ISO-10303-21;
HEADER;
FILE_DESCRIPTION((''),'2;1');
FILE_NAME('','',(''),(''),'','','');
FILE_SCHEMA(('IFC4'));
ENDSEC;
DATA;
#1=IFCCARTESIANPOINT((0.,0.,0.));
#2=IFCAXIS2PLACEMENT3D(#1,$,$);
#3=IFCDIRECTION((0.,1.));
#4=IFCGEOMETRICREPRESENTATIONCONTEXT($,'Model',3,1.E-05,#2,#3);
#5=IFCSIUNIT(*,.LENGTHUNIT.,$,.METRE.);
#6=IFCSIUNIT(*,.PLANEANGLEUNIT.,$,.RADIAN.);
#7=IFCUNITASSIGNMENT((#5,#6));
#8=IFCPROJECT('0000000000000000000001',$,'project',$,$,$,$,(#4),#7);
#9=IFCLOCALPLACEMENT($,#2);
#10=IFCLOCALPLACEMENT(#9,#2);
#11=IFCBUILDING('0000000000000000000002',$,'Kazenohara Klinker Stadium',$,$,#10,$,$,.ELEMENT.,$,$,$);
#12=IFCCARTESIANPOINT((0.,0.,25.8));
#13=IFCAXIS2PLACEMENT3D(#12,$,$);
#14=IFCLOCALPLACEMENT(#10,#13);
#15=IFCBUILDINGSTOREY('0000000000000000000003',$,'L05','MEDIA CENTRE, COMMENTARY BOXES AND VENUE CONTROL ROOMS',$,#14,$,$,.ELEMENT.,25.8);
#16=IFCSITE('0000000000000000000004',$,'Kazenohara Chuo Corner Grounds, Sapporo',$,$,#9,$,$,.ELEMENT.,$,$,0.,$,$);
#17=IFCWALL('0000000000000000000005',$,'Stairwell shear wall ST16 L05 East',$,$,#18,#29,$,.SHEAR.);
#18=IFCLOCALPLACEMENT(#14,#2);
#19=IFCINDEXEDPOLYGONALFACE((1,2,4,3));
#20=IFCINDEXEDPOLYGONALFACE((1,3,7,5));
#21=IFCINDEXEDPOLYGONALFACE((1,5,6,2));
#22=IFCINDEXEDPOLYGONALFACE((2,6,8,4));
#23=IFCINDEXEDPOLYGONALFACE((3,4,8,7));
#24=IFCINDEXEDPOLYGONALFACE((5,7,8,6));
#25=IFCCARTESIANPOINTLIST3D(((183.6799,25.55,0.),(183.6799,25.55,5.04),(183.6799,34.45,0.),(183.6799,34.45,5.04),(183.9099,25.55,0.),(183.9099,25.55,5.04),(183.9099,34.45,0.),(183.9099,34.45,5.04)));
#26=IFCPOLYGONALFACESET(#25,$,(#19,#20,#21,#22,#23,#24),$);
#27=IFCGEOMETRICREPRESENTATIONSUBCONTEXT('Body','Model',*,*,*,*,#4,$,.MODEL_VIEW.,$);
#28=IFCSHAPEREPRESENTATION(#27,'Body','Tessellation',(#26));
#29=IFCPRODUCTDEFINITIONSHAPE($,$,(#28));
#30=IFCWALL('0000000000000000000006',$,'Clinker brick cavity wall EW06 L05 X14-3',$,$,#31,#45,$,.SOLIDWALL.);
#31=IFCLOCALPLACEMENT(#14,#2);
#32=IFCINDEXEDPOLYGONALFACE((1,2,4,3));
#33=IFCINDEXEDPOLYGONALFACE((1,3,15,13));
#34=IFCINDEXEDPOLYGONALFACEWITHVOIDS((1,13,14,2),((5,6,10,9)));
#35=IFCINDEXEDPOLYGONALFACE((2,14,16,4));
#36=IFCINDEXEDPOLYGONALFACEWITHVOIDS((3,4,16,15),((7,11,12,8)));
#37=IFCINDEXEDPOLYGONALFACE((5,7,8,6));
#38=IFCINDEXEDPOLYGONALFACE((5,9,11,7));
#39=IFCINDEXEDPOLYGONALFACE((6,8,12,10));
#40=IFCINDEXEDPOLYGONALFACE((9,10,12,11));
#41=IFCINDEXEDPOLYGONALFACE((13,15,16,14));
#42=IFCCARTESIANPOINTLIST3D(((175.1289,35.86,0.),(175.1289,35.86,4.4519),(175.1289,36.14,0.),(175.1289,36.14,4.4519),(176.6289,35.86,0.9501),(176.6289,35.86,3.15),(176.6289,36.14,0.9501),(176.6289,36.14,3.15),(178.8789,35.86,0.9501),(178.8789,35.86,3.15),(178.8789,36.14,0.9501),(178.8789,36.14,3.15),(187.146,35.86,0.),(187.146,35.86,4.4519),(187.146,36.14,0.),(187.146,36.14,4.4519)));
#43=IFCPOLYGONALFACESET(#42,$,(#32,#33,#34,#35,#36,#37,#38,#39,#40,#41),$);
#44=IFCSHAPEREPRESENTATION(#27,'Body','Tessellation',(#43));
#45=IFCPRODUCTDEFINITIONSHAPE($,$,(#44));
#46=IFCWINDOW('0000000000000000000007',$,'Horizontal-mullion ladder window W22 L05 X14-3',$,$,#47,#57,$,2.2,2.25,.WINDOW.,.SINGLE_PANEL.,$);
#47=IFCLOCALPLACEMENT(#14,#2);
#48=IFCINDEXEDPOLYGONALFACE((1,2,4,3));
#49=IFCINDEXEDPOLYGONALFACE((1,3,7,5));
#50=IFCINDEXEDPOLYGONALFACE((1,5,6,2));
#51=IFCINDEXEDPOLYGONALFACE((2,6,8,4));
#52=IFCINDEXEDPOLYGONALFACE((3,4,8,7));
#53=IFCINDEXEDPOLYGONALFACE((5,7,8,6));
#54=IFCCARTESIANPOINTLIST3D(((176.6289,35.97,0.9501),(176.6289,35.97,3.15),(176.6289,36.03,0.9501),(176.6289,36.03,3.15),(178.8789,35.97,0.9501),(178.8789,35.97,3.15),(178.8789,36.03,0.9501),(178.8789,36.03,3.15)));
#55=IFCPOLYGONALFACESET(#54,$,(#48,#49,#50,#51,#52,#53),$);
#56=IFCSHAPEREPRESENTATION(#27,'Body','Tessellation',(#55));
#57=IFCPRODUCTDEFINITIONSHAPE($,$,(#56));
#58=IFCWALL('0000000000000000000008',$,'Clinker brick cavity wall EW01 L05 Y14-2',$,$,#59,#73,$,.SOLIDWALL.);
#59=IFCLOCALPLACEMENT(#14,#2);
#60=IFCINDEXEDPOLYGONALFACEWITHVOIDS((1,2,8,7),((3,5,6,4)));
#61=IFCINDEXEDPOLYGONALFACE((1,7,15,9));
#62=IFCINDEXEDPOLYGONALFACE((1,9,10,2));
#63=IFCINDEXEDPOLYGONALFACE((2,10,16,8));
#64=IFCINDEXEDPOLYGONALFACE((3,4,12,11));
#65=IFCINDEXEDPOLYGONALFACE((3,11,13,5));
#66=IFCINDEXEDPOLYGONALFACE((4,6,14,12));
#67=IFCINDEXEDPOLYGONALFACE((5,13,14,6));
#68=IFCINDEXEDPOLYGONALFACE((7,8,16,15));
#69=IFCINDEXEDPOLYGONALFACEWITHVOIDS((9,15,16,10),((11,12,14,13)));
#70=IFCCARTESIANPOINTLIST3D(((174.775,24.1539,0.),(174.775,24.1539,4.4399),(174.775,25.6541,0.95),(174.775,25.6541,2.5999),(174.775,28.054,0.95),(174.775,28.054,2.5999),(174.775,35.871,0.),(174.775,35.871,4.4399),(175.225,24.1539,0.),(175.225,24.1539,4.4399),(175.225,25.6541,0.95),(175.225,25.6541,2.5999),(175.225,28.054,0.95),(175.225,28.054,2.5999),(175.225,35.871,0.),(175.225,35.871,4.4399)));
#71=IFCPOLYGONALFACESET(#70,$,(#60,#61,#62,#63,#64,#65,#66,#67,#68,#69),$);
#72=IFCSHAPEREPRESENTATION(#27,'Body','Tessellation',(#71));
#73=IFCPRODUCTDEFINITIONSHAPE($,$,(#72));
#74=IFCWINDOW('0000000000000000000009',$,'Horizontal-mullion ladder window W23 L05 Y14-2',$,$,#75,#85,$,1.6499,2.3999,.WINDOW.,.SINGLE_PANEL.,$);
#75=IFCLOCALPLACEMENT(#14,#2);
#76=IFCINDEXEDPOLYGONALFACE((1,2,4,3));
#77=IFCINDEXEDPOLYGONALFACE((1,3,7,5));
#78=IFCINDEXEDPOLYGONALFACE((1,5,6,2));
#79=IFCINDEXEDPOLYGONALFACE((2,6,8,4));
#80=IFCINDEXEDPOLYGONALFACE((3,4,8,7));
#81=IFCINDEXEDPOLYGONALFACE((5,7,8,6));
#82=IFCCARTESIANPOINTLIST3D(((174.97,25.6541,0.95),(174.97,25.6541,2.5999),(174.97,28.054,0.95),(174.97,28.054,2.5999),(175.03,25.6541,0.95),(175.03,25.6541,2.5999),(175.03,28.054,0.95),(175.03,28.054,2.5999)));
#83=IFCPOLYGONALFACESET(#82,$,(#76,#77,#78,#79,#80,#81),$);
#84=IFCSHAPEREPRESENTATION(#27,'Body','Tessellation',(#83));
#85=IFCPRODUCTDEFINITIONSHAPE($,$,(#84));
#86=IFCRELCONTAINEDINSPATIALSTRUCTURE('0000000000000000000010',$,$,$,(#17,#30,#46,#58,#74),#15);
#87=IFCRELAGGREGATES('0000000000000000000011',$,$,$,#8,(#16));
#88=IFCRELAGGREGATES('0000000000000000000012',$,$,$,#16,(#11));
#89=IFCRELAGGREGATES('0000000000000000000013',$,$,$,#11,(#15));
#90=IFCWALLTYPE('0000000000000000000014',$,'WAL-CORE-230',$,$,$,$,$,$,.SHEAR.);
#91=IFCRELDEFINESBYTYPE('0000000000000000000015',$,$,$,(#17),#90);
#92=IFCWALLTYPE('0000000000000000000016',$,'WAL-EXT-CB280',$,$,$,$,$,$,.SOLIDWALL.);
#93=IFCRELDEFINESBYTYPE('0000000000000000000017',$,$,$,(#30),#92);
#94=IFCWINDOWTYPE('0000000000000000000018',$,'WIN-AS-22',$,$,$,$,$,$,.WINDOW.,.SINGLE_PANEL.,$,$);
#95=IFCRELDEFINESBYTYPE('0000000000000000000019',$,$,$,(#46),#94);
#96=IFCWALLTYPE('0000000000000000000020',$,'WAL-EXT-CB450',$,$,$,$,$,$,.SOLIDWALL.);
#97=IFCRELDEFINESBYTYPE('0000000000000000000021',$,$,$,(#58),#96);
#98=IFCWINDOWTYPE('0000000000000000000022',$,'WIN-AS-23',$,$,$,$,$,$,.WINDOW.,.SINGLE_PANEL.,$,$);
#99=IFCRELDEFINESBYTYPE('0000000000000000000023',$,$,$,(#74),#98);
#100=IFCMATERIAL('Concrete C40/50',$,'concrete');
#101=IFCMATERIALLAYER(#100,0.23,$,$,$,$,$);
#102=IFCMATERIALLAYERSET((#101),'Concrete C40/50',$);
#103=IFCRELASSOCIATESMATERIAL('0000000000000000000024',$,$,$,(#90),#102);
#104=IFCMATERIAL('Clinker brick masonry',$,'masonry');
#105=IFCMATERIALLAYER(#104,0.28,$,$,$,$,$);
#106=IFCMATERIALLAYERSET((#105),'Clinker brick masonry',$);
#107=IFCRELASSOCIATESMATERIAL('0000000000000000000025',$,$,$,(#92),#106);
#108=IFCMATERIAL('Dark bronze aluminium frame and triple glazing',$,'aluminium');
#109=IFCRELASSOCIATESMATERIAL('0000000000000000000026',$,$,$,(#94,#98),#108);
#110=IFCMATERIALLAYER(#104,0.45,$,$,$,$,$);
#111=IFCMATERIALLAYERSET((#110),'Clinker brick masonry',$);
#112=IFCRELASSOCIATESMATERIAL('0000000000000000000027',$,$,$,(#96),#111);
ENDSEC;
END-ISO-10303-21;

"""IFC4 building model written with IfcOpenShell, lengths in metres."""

from ifc_helpers import new_model, si_unit, direction, frame, frame_2d, origin, place, context, subcontext, project, spatial, rectangle, extrude, material, layer, layer_set, type_object, element, fill, save


model = new_model("IFC4")

# Units and contexts
model_context = context("Model", 3, precision=1e-05, world=origin(), true_north=direction((0.0, 1.0)))
body_context = subcontext(model_context, "Body", "Model", "MODEL_VIEW")
ifc_project = project(units=[si_unit("LENGTHUNIT", "METRE"), si_unit("PLANEANGLEUNIT", "RADIAN")], contexts=[model_context])

# Site, building, storey
site_placement = place(None, origin())
site = spatial("IfcSite", under=ifc_project, at=site_placement, Name="Kazenohara Chuo Corner Grounds, Sapporo", CompositionType="ELEMENT", RefElevation=0.0)
building_placement = place(site_placement, origin())
building = spatial("IfcBuilding", under=site, at=building_placement, Name="Kazenohara Klinker Stadium", CompositionType="ELEMENT")
storey_placement = place(building_placement, frame((0.0, 0.0, 25.8)))
storey = spatial("IfcBuildingStorey", under=building, at=storey_placement, Name="L05", Description="MEDIA CENTRE, COMMENTARY BOXES AND VENUE CONTROL ROOMS", CompositionType="ELEMENT", Elevation=25.8)

# Shared definitions
ifc_material_1 = material(Name="Concrete C40/50", Category="concrete")
ifc_layer_1 = layer(ifc_material_1, 0.23)
ifc_layer_set_1 = layer_set([ifc_layer_1], Name="Concrete C40/50")
wall_type_1 = type_object("IfcWallType", Name="WAL-CORE-230", PredefinedType="SHEAR", material=ifc_layer_set_1)

# Wall
for number, where, z_axis, x_axis, name in (
    (1, (183.7949, 25.55, 0.0), (0.0, 0.0, 1.0), (0.0, 1.0, 0.0), "Stairwell shear wall ST16 L05 East"),
):
    element("IfcWall", number, at=place(storey_placement, frame(where, z_axis=z_axis, x_axis=x_axis)), inside=storey, type_object=wall_type_1, Name=name, PredefinedType="SHEAR", context=body_context, shape_type="SweptSolid", body=[
        extrude(rectangle(XDim=8.8999, YDim=0.23, at=frame_2d((4.45, 0.0))), origin(), (0.0, 0.0, 1.0), 5.04),
    ])

# Walls, openings, windows
ifc_material_2 = material(Name="Clinker brick masonry", Category="masonry")
ifc_layer_2 = layer(ifc_material_2, 0.28)
ifc_layer_set_2 = layer_set([ifc_layer_2], Name="Clinker brick masonry")
wall_type_2 = type_object("IfcWallType", Name="WAL-EXT-CB280", PredefinedType="SOLIDWALL", material=ifc_layer_set_2)
wall_1_placement = place(storey_placement, frame((175.1289, 36.0, 0.0), z_axis=(0.0, 0.0, 1.0), x_axis=(1.0, 0.0, 0.0)))
wall_1 = element("IfcWall", 2, at=wall_1_placement, inside=storey, type_object=wall_type_2, Name="Clinker brick cavity wall EW06 L05 X14-3", PredefinedType="SOLIDWALL", context=body_context, shape_type="SweptSolid", body=[
    extrude(rectangle(XDim=12.0171, YDim=0.28, at=frame_2d((6.0085, 0.0))), origin(), (0.0, 0.0, 1.0), 4.4519),
])
opening_1_placement = place(wall_1_placement, frame((1.5, 0.0, 0.95)))
opening_1 = element("IfcOpeningElement", 3, at=opening_1_placement, cuts=wall_1, PredefinedType="OPENING", context=body_context, shape_type="SweptSolid", body=[
    extrude(rectangle(XDim=2.25, YDim=2.2, at=frame_2d((1.125, 1.1001))), frame((0.0, 0.1499, 0.0), z_axis=(0.0, -1.0, 0.0), x_axis=(1.0, 0.0, 0.0)), (0.0, 0.0, 1.0), 0.3),
])
ifc_material_3 = material(Name="Dark bronze aluminium frame and triple glazing", Category="aluminium")
window_type_1 = type_object("IfcWindowType", Name="WIN-AS-22", PartitioningType="SINGLE_PANEL", PredefinedType="WINDOW", material=ifc_material_3)
window_1_placement = place(opening_1_placement, origin())
window_1 = element("IfcWindow", 4, at=window_1_placement, inside=storey, type_object=window_type_1, Name="Horizontal-mullion ladder window W22 L05 X14-3", OverallHeight=2.2, OverallWidth=2.25, PartitioningType="SINGLE_PANEL", PredefinedType="WINDOW", context=body_context, shape_type="SweptSolid", body=[
    extrude(rectangle(XDim=2.25, YDim=2.2, at=frame_2d((1.125, 1.1001))), frame((0.0, 0.03, 0.0), z_axis=(0.0, -1.0, 0.0), x_axis=(1.0, 0.0, 0.0)), (0.0, 0.0, 1.0), 0.0601),
])
fill(opening_1, window_1)
ifc_layer_3 = layer(ifc_material_2, 0.45)
ifc_layer_set_3 = layer_set([ifc_layer_3], Name="Clinker brick masonry")
wall_type_3 = type_object("IfcWallType", Name="WAL-EXT-CB450", PredefinedType="SOLIDWALL", material=ifc_layer_set_3)
wall_2_placement = place(storey_placement, frame((175.0, 24.1541, 0.0), z_axis=(0.0, 0.0, 1.0), x_axis=(0.0, 1.0, 0.0)))
wall_2 = element("IfcWall", 5, at=wall_2_placement, inside=storey, type_object=wall_type_3, Name="Clinker brick cavity wall EW01 L05 Y14-2", PredefinedType="SOLIDWALL", context=body_context, shape_type="SweptSolid", body=[
    extrude(rectangle(XDim=11.717, YDim=0.45, at=frame_2d((5.8584, 0.0))), origin(), (0.0, 0.0, 1.0), 4.4399),
])
opening_2_placement = place(wall_2_placement, frame((1.5, 0.0, 0.95)))
opening_2 = element("IfcOpeningElement", 6, at=opening_2_placement, cuts=wall_2, PredefinedType="OPENING", context=body_context, shape_type="SweptSolid", body=[
    extrude(rectangle(XDim=2.3999, YDim=1.6499, at=frame_2d((1.2, 0.825))), frame((0.0, 0.2349, 0.0), z_axis=(0.0, -1.0, 0.0), x_axis=(1.0, 0.0, 0.0)), (0.0, 0.0, 1.0), 0.47),
])
window_type_2 = type_object("IfcWindowType", Name="WIN-AS-23", PartitioningType="SINGLE_PANEL", PredefinedType="WINDOW", material=ifc_material_3)
window_2_placement = place(opening_2_placement, origin())
window_2 = element("IfcWindow", 7, at=window_2_placement, inside=storey, type_object=window_type_2, Name="Horizontal-mullion ladder window W23 L05 Y14-2", OverallHeight=1.6499, OverallWidth=2.3999, PartitioningType="SINGLE_PANEL", PredefinedType="WINDOW", context=body_context, shape_type="SweptSolid", body=[
    extrude(rectangle(XDim=2.3999, YDim=1.6499, at=frame_2d((1.2, 0.825))), frame((0.0, 0.03, 0.0), z_axis=(0.0, -1.0, 0.0), x_axis=(1.0, 0.0, 0.0)), (0.0, 0.0, 1.0), 0.0601),
])
fill(opening_2, window_2)

save(model, "model.ifc")
